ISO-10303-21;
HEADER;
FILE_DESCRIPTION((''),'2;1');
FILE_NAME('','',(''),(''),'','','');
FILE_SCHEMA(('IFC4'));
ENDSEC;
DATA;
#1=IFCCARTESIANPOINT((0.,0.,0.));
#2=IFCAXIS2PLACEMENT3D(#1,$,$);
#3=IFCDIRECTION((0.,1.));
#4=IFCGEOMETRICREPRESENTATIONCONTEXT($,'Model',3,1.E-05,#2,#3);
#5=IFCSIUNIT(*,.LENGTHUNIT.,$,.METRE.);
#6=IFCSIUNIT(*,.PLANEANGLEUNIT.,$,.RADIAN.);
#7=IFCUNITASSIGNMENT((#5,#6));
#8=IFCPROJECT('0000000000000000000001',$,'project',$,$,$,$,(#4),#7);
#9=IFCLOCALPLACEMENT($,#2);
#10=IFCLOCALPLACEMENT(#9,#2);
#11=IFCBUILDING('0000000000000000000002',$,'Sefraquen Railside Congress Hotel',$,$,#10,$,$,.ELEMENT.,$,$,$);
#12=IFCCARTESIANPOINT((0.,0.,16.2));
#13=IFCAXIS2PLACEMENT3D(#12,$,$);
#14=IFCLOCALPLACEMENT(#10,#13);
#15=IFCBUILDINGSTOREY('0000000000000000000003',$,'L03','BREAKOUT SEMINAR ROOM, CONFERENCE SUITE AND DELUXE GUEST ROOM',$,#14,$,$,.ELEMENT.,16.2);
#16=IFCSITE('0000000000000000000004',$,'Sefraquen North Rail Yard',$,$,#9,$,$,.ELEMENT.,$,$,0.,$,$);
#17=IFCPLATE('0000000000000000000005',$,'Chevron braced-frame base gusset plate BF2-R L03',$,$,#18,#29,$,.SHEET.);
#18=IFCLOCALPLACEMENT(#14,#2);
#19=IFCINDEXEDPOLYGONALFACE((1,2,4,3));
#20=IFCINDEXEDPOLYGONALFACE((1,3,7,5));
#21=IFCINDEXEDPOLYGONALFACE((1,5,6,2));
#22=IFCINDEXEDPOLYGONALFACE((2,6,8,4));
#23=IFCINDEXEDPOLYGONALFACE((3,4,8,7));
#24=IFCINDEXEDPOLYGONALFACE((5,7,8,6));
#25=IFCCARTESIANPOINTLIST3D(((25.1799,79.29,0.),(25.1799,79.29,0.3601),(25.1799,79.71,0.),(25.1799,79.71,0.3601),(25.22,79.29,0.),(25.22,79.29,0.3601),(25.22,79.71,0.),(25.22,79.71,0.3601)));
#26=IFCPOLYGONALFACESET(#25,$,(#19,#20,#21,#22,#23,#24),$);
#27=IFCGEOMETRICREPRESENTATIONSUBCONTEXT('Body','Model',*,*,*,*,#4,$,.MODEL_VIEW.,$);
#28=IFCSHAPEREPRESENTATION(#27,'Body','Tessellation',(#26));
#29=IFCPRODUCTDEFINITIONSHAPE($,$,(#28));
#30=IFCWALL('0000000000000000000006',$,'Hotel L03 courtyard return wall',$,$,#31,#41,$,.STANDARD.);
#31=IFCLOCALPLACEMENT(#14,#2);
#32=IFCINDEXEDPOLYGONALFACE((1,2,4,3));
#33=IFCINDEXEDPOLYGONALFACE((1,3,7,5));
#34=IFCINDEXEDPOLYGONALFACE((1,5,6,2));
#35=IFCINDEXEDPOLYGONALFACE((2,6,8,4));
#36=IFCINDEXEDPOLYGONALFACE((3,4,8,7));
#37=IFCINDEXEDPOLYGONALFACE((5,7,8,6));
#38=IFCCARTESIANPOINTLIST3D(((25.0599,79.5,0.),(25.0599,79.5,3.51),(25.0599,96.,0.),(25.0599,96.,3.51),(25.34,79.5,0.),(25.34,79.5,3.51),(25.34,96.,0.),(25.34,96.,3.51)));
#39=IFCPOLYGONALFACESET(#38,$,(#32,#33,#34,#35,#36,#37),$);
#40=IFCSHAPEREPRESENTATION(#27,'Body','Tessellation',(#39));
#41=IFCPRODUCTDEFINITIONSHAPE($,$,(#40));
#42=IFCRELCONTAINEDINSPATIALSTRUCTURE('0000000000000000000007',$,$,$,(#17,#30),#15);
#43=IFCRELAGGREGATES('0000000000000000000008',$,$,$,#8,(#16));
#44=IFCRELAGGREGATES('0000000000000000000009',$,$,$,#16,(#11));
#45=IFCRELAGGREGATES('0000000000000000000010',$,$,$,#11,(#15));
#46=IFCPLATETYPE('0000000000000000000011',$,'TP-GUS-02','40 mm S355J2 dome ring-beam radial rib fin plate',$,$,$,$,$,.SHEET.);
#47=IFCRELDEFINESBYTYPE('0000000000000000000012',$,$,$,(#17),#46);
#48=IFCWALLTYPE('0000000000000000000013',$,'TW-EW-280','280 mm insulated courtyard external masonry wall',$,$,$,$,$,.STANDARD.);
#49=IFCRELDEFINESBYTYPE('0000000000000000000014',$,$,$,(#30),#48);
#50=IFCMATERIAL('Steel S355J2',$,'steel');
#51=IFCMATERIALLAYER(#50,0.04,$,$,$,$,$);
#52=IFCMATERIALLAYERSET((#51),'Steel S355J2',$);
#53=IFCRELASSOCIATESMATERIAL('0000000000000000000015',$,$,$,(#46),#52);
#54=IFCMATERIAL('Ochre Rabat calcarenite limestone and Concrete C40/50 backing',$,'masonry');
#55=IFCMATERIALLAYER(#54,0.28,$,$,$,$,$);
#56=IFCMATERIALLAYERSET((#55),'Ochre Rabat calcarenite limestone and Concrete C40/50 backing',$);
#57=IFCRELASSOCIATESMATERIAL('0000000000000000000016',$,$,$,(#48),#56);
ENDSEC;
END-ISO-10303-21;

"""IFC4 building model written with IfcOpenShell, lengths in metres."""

from ifc_helpers import new_model, si_unit, direction, frame, frame_2d, origin, origin_2d, place, context, subcontext, project, spatial, rectangle, extrude, material, layer, layer_set, type_object, element, save


model = new_model("IFC4")

# Units and contexts
model_context = context("Model", 3, precision=1e-05, world=origin(), true_north=direction((0.0, 1.0)))
body_context = subcontext(model_context, "Body", "Model", "MODEL_VIEW")
ifc_project = project(units=[si_unit("LENGTHUNIT", "METRE"), si_unit("PLANEANGLEUNIT", "RADIAN")], contexts=[model_context])

# Site, building, storey
site_placement = place(None, origin())
site = spatial("IfcSite", under=ifc_project, at=site_placement, Name="Sefraquen North Rail Yard", CompositionType="ELEMENT", RefElevation=0.0)
building_placement = place(site_placement, origin())
building = spatial("IfcBuilding", under=site, at=building_placement, Name="Sefraquen Railside Congress Hotel", CompositionType="ELEMENT")
storey_placement = place(building_placement, frame((0.0, 0.0, 16.2)))
storey = spatial("IfcBuildingStorey", under=building, at=storey_placement, Name="L03", Description="BREAKOUT SEMINAR ROOM, CONFERENCE SUITE AND DELUXE GUEST ROOM", CompositionType="ELEMENT", Elevation=16.2)

# Plate
ifc_material_1 = material(Name="Steel S355J2", Category="steel")
ifc_layer_1 = layer(ifc_material_1, 0.04)
ifc_layer_set_1 = layer_set([ifc_layer_1], Name="Steel S355J2")
plate_type = type_object("IfcPlateType", Name="TP-GUS-02", Description="40 mm S355J2 dome ring-beam radial rib fin plate", PredefinedType="SHEET", material=ifc_layer_set_1)
plate_placement = place(storey_placement, frame((25.2, 79.5, 0.0), z_axis=(0.0, 0.0, 1.0), x_axis=(0.0, 1.0, 0.0)))
element("IfcPlate", 1, at=plate_placement, inside=storey, type_object=plate_type, Name="Chevron braced-frame base gusset plate BF2-R L03", PredefinedType="SHEET", context=body_context, shape_type="SweptSolid", body=[
    extrude(rectangle(XDim=0.4199, YDim=0.04, at=origin_2d()), origin(), (0.0, 0.0, 1.0), 0.3601),
])

# Wall
ifc_material_2 = material(Name="Ochre Rabat calcarenite limestone and Concrete C40/50 backing", Category="masonry")
ifc_layer_2 = layer(ifc_material_2, 0.28)
ifc_layer_set_2 = layer_set([ifc_layer_2], Name="Ochre Rabat calcarenite limestone and Concrete C40/50 backing")
wall_type = type_object("IfcWallType", Name="TW-EW-280", Description="280 mm insulated courtyard external masonry wall", PredefinedType="STANDARD", material=ifc_layer_set_2)
wall_placement = place(storey_placement, frame((25.2, 79.5, 0.0), z_axis=(0.0, 0.0, 1.0), x_axis=(0.0, 1.0, 0.0)))
element("IfcWall", 2, at=wall_placement, inside=storey, type_object=wall_type, Name="Hotel L03 courtyard return wall", PredefinedType="STANDARD", context=body_context, shape_type="SweptSolid", body=[
    extrude(rectangle(XDim=16.5, YDim=0.28, at=frame_2d((8.25, 0.0))), origin(), (0.0, 0.0, 1.0), 3.51),
])

save(model, "model.ifc")
